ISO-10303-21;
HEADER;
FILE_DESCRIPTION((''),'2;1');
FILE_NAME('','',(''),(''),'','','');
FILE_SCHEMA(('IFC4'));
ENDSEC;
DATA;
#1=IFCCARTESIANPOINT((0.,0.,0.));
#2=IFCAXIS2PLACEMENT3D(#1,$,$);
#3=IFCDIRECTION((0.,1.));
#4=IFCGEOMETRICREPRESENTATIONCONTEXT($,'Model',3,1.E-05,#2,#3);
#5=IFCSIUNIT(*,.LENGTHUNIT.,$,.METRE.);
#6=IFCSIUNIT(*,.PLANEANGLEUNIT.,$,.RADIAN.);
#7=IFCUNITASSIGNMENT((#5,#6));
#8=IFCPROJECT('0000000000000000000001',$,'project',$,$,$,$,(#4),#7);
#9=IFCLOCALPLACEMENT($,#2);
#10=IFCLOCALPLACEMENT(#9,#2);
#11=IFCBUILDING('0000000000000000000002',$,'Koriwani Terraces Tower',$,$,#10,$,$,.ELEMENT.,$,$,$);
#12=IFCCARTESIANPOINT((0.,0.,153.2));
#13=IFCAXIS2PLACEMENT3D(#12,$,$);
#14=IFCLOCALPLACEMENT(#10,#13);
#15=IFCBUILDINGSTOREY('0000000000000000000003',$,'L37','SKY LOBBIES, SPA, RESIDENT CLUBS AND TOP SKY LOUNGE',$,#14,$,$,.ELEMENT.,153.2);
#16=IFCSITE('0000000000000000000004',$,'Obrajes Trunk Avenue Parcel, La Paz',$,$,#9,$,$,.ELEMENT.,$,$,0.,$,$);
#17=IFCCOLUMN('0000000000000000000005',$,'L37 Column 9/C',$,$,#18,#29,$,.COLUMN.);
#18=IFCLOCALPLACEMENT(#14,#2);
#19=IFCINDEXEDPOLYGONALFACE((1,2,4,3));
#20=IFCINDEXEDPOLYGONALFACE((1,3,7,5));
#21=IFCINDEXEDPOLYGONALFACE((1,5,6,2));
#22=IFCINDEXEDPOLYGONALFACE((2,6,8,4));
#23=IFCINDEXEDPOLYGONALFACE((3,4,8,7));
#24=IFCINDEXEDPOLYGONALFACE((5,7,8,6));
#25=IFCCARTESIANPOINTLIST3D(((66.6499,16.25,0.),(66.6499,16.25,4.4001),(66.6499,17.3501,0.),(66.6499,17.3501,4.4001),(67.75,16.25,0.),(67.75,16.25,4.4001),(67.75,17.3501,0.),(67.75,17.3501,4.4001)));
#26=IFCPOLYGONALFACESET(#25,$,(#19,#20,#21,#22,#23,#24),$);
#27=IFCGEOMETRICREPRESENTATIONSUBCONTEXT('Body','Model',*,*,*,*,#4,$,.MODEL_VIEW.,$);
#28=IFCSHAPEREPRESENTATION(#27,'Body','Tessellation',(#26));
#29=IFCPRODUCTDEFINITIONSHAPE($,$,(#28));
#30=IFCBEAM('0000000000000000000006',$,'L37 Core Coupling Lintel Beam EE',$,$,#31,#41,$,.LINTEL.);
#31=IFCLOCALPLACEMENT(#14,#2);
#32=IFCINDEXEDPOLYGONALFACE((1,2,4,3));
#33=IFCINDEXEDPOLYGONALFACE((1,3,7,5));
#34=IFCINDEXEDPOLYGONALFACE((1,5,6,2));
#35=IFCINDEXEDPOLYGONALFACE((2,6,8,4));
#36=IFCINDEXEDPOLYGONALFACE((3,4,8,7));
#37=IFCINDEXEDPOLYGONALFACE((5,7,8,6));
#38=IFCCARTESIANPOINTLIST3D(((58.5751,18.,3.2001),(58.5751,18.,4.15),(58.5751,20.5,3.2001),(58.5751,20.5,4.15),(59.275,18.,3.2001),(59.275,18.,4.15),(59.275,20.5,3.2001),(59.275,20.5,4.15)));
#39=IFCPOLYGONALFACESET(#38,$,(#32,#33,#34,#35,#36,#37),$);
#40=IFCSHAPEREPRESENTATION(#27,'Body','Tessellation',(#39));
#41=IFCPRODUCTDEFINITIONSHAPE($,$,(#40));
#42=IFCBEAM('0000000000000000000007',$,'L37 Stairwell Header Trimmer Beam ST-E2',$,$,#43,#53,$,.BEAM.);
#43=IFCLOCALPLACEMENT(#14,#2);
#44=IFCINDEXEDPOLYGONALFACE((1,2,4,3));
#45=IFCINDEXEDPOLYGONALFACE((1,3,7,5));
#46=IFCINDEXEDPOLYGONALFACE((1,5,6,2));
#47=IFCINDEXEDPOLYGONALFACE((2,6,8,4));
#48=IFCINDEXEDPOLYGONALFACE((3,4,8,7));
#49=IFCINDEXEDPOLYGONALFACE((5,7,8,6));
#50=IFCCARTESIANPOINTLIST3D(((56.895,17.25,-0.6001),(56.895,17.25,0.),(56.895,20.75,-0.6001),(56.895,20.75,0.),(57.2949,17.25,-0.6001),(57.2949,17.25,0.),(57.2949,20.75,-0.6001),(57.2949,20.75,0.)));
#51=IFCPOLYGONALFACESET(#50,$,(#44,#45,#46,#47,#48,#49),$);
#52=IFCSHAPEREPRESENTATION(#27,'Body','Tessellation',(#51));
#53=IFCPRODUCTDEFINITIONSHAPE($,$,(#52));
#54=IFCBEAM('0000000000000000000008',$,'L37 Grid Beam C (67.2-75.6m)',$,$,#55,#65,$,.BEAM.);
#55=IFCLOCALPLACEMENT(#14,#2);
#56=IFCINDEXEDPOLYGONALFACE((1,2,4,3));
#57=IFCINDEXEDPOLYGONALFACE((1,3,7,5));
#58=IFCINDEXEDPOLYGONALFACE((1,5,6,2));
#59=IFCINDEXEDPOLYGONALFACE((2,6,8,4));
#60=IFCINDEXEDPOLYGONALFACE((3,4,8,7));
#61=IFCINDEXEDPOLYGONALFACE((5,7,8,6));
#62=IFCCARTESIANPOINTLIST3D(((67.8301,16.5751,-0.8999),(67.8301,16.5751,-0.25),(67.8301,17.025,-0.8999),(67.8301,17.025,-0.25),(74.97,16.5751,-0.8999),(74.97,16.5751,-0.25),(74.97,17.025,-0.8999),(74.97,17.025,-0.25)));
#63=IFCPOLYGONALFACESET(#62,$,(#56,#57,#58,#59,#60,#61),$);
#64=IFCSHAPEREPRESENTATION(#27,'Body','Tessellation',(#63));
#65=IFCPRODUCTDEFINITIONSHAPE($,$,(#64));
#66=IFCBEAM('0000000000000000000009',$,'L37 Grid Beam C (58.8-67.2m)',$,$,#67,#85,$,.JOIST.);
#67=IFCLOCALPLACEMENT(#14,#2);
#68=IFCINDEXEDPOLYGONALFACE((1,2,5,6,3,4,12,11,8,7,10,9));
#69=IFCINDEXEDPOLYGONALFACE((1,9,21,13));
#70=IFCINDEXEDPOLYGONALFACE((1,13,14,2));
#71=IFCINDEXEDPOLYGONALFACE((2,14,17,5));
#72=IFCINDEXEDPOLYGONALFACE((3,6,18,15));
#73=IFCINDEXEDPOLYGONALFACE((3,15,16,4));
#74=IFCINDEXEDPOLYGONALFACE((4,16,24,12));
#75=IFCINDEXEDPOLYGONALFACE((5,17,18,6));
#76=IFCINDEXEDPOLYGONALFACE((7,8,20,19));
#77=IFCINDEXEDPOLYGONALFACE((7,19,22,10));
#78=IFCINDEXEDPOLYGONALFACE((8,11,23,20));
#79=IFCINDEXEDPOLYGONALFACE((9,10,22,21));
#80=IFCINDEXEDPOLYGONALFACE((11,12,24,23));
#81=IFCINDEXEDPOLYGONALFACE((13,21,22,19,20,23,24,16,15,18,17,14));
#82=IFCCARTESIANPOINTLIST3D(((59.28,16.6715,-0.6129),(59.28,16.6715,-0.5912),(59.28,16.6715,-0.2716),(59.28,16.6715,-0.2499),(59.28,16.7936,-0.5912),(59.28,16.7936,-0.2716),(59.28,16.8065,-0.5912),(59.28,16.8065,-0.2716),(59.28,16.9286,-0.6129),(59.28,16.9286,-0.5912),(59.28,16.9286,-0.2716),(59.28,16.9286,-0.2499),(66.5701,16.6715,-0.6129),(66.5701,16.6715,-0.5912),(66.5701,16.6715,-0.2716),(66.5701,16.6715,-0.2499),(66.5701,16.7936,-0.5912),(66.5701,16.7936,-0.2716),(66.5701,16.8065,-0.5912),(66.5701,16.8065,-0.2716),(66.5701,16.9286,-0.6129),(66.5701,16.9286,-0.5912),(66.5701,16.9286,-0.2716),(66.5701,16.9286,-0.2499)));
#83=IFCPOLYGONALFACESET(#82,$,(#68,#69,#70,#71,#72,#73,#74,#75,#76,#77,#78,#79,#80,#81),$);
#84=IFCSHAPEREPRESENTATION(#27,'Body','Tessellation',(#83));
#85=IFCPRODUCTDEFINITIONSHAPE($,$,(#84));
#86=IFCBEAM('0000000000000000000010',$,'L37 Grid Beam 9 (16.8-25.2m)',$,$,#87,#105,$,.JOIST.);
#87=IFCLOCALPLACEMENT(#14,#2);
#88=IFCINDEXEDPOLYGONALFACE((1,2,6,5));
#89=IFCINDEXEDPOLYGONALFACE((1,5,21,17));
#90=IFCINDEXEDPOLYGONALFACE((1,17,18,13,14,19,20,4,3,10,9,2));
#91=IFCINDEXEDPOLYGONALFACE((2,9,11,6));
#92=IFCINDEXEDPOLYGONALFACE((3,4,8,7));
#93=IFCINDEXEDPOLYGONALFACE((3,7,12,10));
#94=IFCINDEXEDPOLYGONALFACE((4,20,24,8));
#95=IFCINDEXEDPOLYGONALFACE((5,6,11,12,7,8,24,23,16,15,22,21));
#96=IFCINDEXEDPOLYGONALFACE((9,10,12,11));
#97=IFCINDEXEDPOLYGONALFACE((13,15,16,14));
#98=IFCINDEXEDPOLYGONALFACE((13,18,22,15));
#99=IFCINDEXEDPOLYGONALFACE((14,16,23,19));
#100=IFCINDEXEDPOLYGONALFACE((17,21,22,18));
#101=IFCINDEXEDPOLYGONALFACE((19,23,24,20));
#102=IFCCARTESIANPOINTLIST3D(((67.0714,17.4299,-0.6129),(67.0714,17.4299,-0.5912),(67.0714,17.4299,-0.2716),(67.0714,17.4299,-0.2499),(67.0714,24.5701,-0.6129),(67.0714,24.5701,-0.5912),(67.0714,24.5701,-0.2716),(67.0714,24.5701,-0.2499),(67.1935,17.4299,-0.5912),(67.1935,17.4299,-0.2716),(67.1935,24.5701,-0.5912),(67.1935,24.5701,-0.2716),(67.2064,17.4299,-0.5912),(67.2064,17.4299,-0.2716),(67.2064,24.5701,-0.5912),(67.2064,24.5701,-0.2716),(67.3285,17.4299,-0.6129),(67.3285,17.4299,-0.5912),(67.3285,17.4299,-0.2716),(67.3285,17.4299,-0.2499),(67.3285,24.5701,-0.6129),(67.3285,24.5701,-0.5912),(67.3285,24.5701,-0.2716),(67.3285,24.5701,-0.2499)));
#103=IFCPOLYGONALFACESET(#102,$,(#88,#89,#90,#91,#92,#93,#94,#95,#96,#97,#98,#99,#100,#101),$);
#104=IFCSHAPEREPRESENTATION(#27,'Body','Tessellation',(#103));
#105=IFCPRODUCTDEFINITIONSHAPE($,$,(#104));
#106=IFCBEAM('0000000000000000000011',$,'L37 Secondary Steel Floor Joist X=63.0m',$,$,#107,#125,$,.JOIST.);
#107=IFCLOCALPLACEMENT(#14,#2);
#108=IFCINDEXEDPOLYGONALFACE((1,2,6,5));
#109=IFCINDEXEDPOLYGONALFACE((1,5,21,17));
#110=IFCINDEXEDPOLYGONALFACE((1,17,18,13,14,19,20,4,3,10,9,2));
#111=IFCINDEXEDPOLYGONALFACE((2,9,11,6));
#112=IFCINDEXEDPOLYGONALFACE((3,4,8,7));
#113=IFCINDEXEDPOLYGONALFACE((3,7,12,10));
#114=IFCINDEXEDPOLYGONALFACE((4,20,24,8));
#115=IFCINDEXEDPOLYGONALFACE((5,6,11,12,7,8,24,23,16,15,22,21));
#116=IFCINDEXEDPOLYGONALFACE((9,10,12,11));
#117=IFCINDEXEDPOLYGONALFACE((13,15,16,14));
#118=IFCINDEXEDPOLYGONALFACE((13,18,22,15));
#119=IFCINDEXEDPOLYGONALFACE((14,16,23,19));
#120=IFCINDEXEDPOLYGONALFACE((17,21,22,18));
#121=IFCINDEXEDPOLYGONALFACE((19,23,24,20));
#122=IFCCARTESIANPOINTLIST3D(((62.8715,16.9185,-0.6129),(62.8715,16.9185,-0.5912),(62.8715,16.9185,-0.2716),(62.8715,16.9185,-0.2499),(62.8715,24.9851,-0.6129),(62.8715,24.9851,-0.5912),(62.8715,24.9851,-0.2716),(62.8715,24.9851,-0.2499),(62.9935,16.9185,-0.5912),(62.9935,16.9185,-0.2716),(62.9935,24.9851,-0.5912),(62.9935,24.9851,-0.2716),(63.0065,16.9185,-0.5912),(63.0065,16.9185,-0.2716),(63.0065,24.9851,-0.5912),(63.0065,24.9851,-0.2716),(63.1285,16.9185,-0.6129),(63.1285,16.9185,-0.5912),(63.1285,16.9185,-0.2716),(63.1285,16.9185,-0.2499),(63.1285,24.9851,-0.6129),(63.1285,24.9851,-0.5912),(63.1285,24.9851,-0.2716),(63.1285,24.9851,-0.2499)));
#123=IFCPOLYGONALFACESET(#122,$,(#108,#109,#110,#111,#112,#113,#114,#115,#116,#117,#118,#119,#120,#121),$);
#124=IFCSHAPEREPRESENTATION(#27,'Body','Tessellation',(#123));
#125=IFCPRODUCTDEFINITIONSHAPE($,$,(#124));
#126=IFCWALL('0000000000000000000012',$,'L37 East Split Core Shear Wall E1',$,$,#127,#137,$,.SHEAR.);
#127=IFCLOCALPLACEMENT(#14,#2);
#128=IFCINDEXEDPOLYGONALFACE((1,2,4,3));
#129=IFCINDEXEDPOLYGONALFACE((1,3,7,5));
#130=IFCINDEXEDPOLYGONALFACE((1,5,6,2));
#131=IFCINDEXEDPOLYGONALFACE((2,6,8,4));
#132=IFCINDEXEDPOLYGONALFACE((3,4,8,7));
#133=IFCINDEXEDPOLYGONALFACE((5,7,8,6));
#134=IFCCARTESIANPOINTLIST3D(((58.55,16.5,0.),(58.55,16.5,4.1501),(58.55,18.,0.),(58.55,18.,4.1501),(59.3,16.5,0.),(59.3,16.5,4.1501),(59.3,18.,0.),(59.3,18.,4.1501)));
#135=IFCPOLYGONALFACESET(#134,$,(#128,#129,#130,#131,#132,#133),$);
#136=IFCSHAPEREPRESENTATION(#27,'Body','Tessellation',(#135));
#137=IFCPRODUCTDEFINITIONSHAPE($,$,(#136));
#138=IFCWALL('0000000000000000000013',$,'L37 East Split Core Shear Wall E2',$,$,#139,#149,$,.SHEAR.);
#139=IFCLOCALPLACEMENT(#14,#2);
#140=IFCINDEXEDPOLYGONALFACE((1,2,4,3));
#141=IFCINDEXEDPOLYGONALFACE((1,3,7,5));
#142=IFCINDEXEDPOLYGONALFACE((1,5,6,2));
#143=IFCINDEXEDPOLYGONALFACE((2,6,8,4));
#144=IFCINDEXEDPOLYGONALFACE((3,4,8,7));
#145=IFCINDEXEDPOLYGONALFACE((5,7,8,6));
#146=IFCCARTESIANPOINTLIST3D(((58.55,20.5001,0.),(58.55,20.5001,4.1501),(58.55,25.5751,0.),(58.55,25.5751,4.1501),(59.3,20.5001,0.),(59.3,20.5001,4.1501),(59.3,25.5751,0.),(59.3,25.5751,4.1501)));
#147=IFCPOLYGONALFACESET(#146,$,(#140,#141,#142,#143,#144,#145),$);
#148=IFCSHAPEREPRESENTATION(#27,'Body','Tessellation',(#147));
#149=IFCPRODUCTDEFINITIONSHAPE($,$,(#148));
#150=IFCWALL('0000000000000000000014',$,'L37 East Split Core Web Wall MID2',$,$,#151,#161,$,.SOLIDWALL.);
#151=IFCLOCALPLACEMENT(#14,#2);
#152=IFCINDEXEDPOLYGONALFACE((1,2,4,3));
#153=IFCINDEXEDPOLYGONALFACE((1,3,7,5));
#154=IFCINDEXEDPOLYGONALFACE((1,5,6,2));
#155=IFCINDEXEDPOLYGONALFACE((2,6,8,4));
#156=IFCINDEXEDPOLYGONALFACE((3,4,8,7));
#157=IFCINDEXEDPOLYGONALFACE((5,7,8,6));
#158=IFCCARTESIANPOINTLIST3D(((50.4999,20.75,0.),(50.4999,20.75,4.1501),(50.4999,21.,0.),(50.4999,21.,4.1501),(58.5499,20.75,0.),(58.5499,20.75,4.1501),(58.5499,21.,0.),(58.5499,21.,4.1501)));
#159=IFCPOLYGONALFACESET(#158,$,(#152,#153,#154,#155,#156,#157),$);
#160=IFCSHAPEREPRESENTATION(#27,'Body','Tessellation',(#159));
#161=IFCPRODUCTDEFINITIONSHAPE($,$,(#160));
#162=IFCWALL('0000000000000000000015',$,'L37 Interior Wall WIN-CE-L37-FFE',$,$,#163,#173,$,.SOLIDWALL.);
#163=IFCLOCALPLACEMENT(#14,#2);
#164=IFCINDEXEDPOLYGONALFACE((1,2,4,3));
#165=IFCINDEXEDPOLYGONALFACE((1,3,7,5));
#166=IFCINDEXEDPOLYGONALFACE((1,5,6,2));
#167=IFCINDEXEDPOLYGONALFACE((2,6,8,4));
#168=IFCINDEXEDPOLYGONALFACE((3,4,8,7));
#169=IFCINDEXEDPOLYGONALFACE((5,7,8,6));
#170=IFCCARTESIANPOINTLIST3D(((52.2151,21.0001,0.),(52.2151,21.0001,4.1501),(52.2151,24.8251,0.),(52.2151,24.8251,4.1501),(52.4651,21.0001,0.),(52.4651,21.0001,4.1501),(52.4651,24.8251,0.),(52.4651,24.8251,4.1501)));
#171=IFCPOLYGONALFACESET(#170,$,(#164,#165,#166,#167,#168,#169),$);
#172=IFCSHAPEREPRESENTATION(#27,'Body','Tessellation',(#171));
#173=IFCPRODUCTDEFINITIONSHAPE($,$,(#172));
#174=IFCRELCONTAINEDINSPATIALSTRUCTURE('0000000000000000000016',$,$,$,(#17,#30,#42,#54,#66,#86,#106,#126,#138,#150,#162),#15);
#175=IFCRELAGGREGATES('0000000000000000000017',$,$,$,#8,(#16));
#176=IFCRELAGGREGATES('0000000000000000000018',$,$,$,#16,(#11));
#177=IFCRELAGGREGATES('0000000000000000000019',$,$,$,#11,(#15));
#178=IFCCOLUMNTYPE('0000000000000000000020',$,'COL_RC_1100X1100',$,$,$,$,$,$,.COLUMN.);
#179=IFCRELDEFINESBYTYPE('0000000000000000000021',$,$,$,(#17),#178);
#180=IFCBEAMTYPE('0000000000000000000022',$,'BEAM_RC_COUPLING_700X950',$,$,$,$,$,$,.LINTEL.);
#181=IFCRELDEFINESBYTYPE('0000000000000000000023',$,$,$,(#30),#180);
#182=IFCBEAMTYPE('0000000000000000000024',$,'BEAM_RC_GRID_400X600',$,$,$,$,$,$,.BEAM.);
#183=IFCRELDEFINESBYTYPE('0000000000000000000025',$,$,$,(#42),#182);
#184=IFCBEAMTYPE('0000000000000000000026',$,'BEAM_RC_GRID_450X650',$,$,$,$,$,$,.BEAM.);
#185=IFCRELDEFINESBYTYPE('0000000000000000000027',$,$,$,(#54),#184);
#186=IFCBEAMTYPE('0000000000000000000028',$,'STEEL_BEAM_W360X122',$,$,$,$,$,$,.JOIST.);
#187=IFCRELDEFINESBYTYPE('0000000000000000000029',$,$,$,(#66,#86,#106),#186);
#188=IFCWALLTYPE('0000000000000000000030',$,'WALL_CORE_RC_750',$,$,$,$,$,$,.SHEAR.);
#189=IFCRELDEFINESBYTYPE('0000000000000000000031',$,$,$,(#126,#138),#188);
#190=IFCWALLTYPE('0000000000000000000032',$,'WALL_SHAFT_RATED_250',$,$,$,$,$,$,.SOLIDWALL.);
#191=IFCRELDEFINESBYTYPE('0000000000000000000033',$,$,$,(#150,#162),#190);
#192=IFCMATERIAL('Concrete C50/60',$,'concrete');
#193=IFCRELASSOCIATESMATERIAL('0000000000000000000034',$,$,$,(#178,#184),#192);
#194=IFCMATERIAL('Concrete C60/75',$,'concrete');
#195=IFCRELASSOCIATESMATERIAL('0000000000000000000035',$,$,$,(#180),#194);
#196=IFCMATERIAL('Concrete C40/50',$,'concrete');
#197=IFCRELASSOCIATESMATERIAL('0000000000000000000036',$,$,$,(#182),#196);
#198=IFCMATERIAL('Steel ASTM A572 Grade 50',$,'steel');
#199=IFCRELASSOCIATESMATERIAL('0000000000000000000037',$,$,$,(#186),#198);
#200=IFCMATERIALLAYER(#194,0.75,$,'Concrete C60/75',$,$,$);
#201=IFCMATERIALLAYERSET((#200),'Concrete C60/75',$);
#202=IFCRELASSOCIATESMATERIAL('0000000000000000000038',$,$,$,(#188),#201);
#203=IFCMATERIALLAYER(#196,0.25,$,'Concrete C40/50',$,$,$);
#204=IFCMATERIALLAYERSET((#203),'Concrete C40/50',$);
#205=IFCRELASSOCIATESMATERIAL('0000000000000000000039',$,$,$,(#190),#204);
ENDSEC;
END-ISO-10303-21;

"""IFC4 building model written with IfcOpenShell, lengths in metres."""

from ifc_helpers import new_model, si_unit, direction, frame, frame_2d, origin, origin_2d, place, context, subcontext, project, spatial, rectangle, i_section, extrude, material, layer, layer_set, material_profile, profile_set, type_object, element, save


model = new_model("IFC4")

# Units and contexts
model_context = context("Model", 3, precision=1e-05, world=origin(), true_north=direction((0.0, 1.0)))
body_context = subcontext(model_context, "Body", "Model", "MODEL_VIEW")
ifc_project = project(units=[si_unit("LENGTHUNIT", "METRE"), si_unit("PLANEANGLEUNIT", "RADIAN")], contexts=[model_context])

# Site, building, storey
site_placement = place(None, origin())
site = spatial("IfcSite", under=ifc_project, at=site_placement, Name="Obrajes Trunk Avenue Parcel, La Paz", CompositionType="ELEMENT", RefElevation=0.0)
building_placement = place(site_placement, origin())
building = spatial("IfcBuilding", under=site, at=building_placement, Name="Koriwani Terraces Tower", CompositionType="ELEMENT")
storey_placement = place(building_placement, frame((0.0, 0.0, 153.2)))
storey = spatial("IfcBuildingStorey", under=building, at=storey_placement, Name="L37", Description="SKY LOBBIES, SPA, RESIDENT CLUBS AND TOP SKY LOUNGE", CompositionType="ELEMENT", Elevation=153.2)

# Column
ifc_material_1 = material(Name="Concrete C50/60", Category="concrete")
ifc_material_profile_1 = material_profile(ifc_material_1, rectangle(XDim=1.1001, YDim=1.1001, at=origin_2d()), Name="Concrete C50/60", Category="LoadBearing")
ifc_profile_set_1 = profile_set([ifc_material_profile_1], Name="Concrete C50/60")
column_type = type_object("IfcColumnType", Name="COL_RC_1100X1100", PredefinedType="COLUMN", material=ifc_profile_set_1)
column_placement = place(storey_placement, frame((67.2, 16.8, 0.0), z_axis=(0.0, 0.0, 1.0), x_axis=(1.0, 0.0, 0.0)))
element("IfcColumn", 1, at=column_placement, inside=storey, type_object=column_type, Name="L37 Column 9/C", PredefinedType="COLUMN", context=body_context, shape_type="SweptSolid", body=[
    extrude(rectangle(XDim=1.1001, YDim=1.1001, at=origin_2d()), origin(), (0.0, 0.0, 1.0), 4.4001),
])

# Beams
ifc_material_2 = material(Name="Concrete C60/75", Category="concrete")
ifc_material_profile_2 = material_profile(ifc_material_2, rectangle(XDim=0.7, YDim=0.95, at=origin_2d()), Name="Concrete C60/75", Category="LoadBearing")
ifc_profile_set_2 = profile_set([ifc_material_profile_2], Name="Concrete C60/75")
beam_type_1 = type_object("IfcBeamType", Name="BEAM_RC_COUPLING_700X950", PredefinedType="LINTEL", material=ifc_profile_set_2)
beam_1_placement = place(storey_placement, frame((58.925, 18.0, 3.675), z_axis=(0.0, 1.0, 0.0), x_axis=(-1.0, 0.0, 0.0)))
element("IfcBeam", 2, at=beam_1_placement, inside=storey, type_object=beam_type_1, Name="L37 Core Coupling Lintel Beam EE", PredefinedType="LINTEL", context=body_context, shape_type="SweptSolid", body=[
    extrude(rectangle(XDim=0.7, YDim=0.95, at=origin_2d()), origin(), (0.0, 0.0, 1.0), 2.5),
])
ifc_material_3 = material(Name="Concrete C40/50", Category="concrete")
ifc_material_profile_3 = material_profile(ifc_material_3, rectangle(XDim=0.3999, YDim=0.6001, at=origin_2d()), Name="Concrete C40/50", Category="LoadBearing")
ifc_profile_set_3 = profile_set([ifc_material_profile_3], Name="Concrete C40/50")
beam_type_2 = type_object("IfcBeamType", Name="BEAM_RC_GRID_400X600", PredefinedType="BEAM", material=ifc_profile_set_3)
beam_2_placement = place(storey_placement, frame((57.095, 17.25, -0.3), z_axis=(0.0, 1.0, 0.0), x_axis=(-1.0, 0.0, 0.0)))
element("IfcBeam", 3, at=beam_2_placement, inside=storey, type_object=beam_type_2, Name="L37 Stairwell Header Trimmer Beam ST-E2", PredefinedType="BEAM", context=body_context, shape_type="SweptSolid", body=[
    extrude(rectangle(XDim=0.3999, YDim=0.6001, at=origin_2d()), origin(), (0.0, 0.0, 1.0), 3.5),
])
ifc_material_profile_4 = material_profile(ifc_material_1, rectangle(XDim=0.45, YDim=0.6499, at=origin_2d()), Name="Concrete C50/60", Category="LoadBearing")
ifc_profile_set_4 = profile_set([ifc_material_profile_4], Name="Concrete C50/60")
beam_type_3 = type_object("IfcBeamType", Name="BEAM_RC_GRID_450X650", PredefinedType="BEAM", material=ifc_profile_set_4)
beam_3_placement = place(storey_placement, frame((67.8301, 16.8, -0.575), z_axis=(1.0, 0.0, 0.0), x_axis=(0.0, 1.0, 0.0)))
element("IfcBeam", 4, at=beam_3_placement, inside=storey, type_object=beam_type_3, Name="L37 Grid Beam C (67.2-75.6m)", PredefinedType="BEAM", context=body_context, shape_type="SweptSolid", body=[
    extrude(rectangle(XDim=0.45, YDim=0.6499, at=origin_2d()), origin(), (0.0, 0.0, 1.0), 7.1399),
])
ifc_material_4 = material(Name="Steel ASTM A572 Grade 50", Category="steel")
ifc_material_profile_5 = material_profile(ifc_material_4, i_section(OverallWidth=0.2571, OverallDepth=0.363, WebThickness=0.0129, FlangeThickness=0.0217, at=origin_2d()), Name="Steel ASTM A572 Grade 50", Category="LoadBearing")
ifc_profile_set_5 = profile_set([ifc_material_profile_5], Name="Steel ASTM A572 Grade 50")
beam_type_4 = type_object("IfcBeamType", Name="STEEL_BEAM_W360X122", PredefinedType="JOIST", material=ifc_profile_set_5)
beam_4_placement = place(storey_placement, frame((59.28, 16.8, -0.4314), z_axis=(1.0, 0.0, 0.0), x_axis=(0.0, 1.0, 0.0)))
element("IfcBeam", 5, at=beam_4_placement, inside=storey, type_object=beam_type_4, Name="L37 Grid Beam C (58.8-67.2m)", PredefinedType="JOIST", context=body_context, shape_type="SweptSolid", body=[
    extrude(i_section(OverallWidth=0.2571, OverallDepth=0.363, WebThickness=0.0129, FlangeThickness=0.0217, at=origin_2d()), origin(), (0.0, 0.0, 1.0), 7.29),
])
beam_5_placement = place(storey_placement, frame((67.2, 17.4299, -0.4314), z_axis=(0.0, 1.0, 0.0), x_axis=(-1.0, 0.0, 0.0)))
element("IfcBeam", 6, at=beam_5_placement, inside=storey, type_object=beam_type_4, Name="L37 Grid Beam 9 (16.8-25.2m)", PredefinedType="JOIST", context=body_context, shape_type="SweptSolid", body=[
    extrude(i_section(OverallWidth=0.2571, OverallDepth=0.363, WebThickness=0.0129, FlangeThickness=0.0217, at=origin_2d()), origin(), (0.0, 0.0, 1.0), 7.1401),
])
beam_6_placement = place(storey_placement, frame((63.0, 16.9185, -0.4314), z_axis=(0.0, 1.0, 0.0), x_axis=(-1.0, 0.0, 0.0)))
element("IfcBeam", 7, at=beam_6_placement, inside=storey, type_object=beam_type_4, Name="L37 Secondary Steel Floor Joist X=63.0m", PredefinedType="JOIST", context=body_context, shape_type="SweptSolid", body=[
    extrude(i_section(OverallWidth=0.2571, OverallDepth=0.363, WebThickness=0.0129, FlangeThickness=0.0217, at=origin_2d()), origin(), (0.0, 0.0, 1.0), 8.0667),
])

# Walls
ifc_layer_1 = layer(ifc_material_2, 0.75, Name="Concrete C60/75")
ifc_layer_set_1 = layer_set([ifc_layer_1], Name="Concrete C60/75")
wall_type_1 = type_object("IfcWallType", Name="WALL_CORE_RC_750", PredefinedType="SHEAR", material=ifc_layer_set_1)
wall_1_placement = place(storey_placement, frame((58.925, 16.5, 0.0), z_axis=(0.0, 0.0, 1.0), x_axis=(0.0, 1.0, 0.0)))
element("IfcWall", 8, at=wall_1_placement, inside=storey, type_object=wall_type_1, Name="L37 East Split Core Shear Wall E1", PredefinedType="SHEAR", context=body_context, shape_type="SweptSolid", body=[
    extrude(rectangle(XDim=1.5, YDim=0.75, at=frame_2d((0.75, 0.0))), origin(), (0.0, 0.0, 1.0), 4.1501),
])
wall_2_placement = place(storey_placement, frame((58.925, 20.5, 0.0), z_axis=(0.0, 0.0, 1.0), x_axis=(0.0, 1.0, 0.0)))
element("IfcWall", 9, at=wall_2_placement, inside=storey, type_object=wall_type_1, Name="L37 East Split Core Shear Wall E2", PredefinedType="SHEAR", context=body_context, shape_type="SweptSolid", body=[
    extrude(rectangle(XDim=5.075, YDim=0.75, at=frame_2d((2.5376, 0.0))), origin(), (0.0, 0.0, 1.0), 4.1501),
])
ifc_layer_2 = layer(ifc_material_3, 0.25, Name="Concrete C40/50")
ifc_layer_set_2 = layer_set([ifc_layer_2], Name="Concrete C40/50")
wall_type_2 = type_object("IfcWallType", Name="WALL_SHAFT_RATED_250", PredefinedType="SOLIDWALL", material=ifc_layer_set_2)
wall_3_placement = place(storey_placement, frame((50.5, 20.875, 0.0), z_axis=(0.0, 0.0, 1.0), x_axis=(1.0, 0.0, 0.0)))
element("IfcWall", 10, at=wall_3_placement, inside=storey, type_object=wall_type_2, Name="L37 East Split Core Web Wall MID2", PredefinedType="SOLIDWALL", context=body_context, shape_type="SweptSolid", body=[
    extrude(rectangle(XDim=8.05, YDim=0.25, at=frame_2d((4.0249, 0.0))), origin(), (0.0, 0.0, 1.0), 4.1501),
])

# Wall
wall_4_placement = place(storey_placement, frame((52.3401, 21.0, 0.0), z_axis=(0.0, 0.0, 1.0), x_axis=(0.0, 1.0, 0.0)))
element("IfcWall", 11, at=wall_4_placement, inside=storey, type_object=wall_type_2, Name="L37 Interior Wall WIN-CE-L37-FFE", PredefinedType="SOLIDWALL", context=body_context, shape_type="SweptSolid", body=[
    extrude(rectangle(XDim=3.825, YDim=0.25, at=frame_2d((1.9126, 0.0))), origin(), (0.0, 0.0, 1.0), 4.1501),
])

save(model, "model.ifc")
